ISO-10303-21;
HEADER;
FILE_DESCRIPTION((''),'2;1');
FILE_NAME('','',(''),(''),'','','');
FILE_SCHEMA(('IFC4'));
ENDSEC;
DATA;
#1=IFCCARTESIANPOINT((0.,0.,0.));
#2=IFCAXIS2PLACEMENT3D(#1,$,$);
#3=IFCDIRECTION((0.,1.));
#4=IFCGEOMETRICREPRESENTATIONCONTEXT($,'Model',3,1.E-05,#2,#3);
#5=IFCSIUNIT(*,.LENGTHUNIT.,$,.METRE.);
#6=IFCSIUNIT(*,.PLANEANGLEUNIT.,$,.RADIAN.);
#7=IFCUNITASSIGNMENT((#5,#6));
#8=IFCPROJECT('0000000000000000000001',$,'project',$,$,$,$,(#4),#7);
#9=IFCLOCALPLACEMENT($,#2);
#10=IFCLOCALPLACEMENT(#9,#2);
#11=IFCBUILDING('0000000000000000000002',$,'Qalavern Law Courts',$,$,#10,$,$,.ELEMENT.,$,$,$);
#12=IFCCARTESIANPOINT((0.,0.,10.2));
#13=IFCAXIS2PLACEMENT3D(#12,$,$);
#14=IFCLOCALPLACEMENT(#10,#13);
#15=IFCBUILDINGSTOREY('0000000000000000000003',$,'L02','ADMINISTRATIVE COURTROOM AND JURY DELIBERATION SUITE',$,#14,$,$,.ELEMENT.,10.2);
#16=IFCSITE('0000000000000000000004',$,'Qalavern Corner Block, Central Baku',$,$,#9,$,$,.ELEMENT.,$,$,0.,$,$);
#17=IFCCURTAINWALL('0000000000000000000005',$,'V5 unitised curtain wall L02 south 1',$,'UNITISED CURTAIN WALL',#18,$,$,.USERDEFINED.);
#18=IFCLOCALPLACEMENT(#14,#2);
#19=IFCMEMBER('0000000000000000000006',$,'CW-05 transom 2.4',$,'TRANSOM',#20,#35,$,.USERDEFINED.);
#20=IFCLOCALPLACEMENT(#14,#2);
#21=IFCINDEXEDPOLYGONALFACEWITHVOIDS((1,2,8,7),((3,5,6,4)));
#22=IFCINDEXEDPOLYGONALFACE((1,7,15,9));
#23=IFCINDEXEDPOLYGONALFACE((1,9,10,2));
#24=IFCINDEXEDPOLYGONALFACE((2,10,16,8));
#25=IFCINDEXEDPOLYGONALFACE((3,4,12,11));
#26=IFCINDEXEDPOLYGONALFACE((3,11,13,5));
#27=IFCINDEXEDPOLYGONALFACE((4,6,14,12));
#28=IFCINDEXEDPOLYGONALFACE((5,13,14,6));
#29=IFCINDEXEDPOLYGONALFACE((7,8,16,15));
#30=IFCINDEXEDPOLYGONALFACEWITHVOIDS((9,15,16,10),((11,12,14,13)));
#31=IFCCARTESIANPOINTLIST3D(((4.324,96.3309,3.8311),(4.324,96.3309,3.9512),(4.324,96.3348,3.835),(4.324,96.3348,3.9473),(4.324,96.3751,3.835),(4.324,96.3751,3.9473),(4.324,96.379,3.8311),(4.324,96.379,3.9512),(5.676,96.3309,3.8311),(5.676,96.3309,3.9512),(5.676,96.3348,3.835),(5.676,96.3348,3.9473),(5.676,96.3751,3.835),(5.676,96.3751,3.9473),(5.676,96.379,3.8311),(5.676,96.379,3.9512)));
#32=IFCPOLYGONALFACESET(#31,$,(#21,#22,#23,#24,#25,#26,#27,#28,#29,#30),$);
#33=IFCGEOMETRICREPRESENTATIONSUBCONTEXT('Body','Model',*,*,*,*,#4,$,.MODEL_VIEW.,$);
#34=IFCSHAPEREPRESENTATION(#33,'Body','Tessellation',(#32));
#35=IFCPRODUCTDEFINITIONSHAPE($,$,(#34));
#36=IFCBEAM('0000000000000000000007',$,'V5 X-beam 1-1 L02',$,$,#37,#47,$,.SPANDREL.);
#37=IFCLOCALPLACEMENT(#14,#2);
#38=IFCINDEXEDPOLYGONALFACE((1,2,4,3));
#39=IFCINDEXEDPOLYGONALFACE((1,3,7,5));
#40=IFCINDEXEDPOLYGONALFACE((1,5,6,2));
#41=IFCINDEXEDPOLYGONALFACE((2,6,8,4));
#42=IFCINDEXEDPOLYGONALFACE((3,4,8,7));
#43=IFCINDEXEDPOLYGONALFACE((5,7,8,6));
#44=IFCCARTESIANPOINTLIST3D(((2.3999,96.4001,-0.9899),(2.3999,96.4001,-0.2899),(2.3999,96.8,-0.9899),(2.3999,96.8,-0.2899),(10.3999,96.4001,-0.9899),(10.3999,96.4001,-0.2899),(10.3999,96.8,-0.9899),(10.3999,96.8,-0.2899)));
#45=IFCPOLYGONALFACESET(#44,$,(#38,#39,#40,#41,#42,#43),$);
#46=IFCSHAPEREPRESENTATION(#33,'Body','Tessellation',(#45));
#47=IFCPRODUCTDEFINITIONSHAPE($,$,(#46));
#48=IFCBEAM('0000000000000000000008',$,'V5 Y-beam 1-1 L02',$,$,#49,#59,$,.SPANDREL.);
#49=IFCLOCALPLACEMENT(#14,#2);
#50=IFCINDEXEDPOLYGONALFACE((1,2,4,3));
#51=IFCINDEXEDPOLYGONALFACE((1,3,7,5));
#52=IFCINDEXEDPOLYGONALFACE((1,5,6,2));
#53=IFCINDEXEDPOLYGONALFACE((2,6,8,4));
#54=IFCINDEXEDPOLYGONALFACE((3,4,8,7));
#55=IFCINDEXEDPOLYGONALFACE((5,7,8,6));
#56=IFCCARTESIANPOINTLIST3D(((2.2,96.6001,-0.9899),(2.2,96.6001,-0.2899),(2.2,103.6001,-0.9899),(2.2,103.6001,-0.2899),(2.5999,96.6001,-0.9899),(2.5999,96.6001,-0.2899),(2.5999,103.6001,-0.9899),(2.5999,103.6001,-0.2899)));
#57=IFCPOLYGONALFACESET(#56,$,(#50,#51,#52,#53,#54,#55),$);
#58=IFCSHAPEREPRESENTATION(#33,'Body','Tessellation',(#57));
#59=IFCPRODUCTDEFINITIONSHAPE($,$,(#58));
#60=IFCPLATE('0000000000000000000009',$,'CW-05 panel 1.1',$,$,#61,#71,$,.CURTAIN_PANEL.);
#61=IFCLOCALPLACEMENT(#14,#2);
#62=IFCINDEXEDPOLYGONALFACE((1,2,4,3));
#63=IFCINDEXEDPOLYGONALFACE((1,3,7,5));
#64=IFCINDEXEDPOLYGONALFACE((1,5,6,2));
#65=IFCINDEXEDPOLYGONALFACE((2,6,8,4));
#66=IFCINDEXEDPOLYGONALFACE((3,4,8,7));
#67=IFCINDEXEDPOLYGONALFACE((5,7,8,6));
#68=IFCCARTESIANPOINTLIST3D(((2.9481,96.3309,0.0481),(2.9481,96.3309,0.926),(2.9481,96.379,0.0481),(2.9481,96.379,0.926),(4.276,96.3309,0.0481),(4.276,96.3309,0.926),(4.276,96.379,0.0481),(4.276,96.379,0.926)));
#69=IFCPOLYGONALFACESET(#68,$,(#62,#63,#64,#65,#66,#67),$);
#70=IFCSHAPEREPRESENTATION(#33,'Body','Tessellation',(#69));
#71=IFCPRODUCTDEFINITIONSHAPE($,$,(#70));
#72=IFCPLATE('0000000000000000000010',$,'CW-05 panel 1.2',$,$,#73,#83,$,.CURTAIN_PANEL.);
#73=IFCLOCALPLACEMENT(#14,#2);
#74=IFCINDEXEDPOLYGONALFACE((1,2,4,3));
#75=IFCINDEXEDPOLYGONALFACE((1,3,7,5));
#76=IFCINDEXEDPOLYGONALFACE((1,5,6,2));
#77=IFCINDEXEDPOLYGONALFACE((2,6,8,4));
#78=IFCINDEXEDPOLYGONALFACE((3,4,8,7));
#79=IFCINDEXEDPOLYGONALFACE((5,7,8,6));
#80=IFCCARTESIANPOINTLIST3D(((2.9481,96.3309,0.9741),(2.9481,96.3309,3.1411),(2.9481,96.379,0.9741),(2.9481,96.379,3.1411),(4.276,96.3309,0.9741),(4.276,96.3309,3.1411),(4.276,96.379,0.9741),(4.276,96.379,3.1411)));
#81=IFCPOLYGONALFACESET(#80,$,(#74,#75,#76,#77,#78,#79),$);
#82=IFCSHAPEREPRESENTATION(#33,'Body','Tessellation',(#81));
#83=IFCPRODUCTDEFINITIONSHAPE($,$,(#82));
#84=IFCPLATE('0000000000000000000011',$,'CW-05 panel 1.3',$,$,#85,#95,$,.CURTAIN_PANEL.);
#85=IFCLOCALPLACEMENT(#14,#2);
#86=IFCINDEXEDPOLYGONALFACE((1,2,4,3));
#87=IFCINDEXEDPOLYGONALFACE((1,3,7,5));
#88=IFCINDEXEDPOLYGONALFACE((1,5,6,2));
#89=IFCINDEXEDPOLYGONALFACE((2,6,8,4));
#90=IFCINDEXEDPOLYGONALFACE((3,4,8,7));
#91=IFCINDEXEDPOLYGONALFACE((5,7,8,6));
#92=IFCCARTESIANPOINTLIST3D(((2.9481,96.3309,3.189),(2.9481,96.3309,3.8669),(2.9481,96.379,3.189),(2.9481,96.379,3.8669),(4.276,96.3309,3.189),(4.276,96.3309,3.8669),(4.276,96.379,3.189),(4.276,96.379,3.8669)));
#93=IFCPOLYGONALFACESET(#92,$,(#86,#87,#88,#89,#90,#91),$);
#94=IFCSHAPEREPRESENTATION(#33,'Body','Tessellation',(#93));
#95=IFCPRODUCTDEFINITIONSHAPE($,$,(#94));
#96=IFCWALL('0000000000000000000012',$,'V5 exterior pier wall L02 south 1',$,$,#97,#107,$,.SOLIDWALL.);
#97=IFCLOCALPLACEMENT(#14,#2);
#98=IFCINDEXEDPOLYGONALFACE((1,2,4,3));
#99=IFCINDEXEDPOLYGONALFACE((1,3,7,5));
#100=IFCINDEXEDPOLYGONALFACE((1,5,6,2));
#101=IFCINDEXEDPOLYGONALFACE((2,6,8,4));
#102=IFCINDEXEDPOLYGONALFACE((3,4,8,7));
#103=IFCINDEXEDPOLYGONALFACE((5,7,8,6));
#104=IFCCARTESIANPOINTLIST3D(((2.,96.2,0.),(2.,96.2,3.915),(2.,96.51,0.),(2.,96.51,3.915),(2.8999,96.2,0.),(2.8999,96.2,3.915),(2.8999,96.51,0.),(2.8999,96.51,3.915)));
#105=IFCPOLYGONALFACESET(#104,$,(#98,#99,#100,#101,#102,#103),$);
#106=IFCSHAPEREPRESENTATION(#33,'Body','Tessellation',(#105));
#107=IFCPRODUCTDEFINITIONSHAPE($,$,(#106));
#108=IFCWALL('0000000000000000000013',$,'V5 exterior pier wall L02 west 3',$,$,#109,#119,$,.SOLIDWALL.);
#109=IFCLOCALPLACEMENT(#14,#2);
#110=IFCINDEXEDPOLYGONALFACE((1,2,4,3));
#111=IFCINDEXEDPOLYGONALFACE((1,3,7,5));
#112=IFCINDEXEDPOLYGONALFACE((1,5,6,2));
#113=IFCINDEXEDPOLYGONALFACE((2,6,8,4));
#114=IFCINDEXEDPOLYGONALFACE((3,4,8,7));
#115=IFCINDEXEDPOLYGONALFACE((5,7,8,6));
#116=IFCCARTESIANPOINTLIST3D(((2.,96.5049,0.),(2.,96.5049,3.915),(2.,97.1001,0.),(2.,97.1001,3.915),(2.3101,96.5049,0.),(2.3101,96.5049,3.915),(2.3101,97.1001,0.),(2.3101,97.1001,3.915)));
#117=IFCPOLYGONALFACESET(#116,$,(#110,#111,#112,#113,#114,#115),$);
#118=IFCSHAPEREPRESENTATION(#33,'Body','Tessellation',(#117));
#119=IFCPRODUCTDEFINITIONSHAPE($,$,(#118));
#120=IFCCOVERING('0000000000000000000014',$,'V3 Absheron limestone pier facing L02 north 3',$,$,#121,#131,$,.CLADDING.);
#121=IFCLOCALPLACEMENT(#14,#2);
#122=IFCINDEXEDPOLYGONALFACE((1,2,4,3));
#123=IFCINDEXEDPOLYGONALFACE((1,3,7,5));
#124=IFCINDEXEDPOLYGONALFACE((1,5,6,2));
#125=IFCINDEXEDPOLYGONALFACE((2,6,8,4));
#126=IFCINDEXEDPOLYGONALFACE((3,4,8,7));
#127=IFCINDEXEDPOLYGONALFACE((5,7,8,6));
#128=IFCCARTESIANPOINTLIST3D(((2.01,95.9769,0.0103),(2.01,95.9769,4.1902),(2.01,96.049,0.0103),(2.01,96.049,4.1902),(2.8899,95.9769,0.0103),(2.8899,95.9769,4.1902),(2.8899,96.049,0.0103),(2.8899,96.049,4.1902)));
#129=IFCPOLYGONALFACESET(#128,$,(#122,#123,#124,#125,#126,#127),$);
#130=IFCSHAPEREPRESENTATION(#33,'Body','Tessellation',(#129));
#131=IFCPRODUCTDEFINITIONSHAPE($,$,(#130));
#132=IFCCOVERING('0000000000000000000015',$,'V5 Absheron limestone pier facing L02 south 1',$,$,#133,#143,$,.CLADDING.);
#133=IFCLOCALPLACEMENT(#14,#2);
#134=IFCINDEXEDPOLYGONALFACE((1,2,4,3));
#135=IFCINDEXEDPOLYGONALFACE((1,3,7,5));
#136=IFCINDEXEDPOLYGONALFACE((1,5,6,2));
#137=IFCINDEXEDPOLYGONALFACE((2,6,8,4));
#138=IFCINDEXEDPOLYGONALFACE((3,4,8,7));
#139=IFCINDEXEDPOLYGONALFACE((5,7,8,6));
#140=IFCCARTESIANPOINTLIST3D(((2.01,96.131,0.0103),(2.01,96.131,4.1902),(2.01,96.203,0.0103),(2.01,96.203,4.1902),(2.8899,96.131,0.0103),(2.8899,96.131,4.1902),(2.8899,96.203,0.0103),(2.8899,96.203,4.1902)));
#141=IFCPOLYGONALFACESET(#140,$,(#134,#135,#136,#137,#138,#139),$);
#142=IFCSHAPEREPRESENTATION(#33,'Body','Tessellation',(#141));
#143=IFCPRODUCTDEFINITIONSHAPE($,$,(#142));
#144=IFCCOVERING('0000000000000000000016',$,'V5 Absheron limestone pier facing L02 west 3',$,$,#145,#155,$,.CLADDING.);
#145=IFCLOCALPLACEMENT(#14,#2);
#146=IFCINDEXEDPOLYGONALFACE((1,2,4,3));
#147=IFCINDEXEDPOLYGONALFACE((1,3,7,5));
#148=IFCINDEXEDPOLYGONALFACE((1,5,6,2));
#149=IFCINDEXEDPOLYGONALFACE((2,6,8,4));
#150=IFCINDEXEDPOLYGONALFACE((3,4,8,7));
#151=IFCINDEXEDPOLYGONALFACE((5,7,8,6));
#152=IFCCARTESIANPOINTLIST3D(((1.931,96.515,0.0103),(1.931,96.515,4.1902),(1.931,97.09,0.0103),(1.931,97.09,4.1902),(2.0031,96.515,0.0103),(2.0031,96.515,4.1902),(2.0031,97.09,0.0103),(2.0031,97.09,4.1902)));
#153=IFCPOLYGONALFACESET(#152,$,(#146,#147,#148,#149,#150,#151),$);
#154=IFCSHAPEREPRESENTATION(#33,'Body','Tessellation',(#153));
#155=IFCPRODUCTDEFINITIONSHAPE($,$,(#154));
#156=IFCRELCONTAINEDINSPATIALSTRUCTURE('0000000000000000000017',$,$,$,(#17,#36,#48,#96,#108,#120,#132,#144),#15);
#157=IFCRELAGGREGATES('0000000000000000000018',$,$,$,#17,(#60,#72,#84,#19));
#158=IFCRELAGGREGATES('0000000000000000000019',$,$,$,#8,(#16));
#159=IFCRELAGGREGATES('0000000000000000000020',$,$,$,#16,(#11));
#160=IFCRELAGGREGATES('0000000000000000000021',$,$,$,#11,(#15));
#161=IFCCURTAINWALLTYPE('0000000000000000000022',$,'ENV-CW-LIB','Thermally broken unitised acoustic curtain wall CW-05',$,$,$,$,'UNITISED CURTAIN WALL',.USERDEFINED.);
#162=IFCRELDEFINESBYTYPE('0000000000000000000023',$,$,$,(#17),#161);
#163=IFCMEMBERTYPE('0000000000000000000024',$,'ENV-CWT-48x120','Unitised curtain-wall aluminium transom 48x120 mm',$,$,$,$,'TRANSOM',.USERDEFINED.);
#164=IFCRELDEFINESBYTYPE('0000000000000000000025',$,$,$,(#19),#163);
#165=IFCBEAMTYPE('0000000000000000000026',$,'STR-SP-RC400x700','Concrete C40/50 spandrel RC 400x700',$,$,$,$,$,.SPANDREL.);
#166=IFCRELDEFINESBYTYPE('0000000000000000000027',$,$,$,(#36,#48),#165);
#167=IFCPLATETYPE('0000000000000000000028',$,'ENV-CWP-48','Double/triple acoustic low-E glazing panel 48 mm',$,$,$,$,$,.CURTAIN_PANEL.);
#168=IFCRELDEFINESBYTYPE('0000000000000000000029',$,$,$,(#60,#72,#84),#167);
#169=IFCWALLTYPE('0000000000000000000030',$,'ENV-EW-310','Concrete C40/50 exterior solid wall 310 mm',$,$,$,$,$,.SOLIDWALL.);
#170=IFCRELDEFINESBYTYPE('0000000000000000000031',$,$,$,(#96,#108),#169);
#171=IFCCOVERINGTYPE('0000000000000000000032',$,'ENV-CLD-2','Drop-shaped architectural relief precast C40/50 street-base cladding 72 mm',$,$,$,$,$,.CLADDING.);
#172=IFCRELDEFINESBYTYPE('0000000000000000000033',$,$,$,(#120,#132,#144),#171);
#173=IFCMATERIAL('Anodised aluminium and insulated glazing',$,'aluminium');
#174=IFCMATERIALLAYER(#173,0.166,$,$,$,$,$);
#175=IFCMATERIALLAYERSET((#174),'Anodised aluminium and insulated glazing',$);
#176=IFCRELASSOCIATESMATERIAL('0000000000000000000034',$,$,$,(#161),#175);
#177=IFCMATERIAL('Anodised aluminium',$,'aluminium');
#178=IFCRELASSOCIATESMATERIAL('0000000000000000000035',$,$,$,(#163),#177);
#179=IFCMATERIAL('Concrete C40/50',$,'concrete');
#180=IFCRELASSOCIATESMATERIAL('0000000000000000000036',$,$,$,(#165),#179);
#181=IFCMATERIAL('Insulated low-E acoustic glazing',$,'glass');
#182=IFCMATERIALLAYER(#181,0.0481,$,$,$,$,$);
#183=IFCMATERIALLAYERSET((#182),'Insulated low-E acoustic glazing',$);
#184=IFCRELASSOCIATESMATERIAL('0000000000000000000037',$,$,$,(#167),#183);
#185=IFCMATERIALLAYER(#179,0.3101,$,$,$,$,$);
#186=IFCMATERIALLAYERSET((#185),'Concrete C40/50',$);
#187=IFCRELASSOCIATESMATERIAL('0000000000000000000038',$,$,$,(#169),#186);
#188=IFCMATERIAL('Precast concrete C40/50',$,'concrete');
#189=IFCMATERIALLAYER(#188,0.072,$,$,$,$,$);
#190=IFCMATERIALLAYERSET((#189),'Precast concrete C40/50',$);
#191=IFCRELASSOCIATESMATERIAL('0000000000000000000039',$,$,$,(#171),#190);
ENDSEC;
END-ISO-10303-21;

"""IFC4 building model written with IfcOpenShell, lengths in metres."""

from ifc_helpers import new_model, si_unit, direction, frame, frame_2d, origin, origin_2d, place, context, subcontext, project, spatial, rectangle, hollow_rectangle, extrude, material, layer, layer_set, material_profile, profile_set, type_object, element, aggregate, save


model = new_model("IFC4")

# Units and contexts
model_context = context("Model", 3, precision=1e-05, world=origin(), true_north=direction((0.0, 1.0)))
body_context = subcontext(model_context, "Body", "Model", "MODEL_VIEW")
ifc_project = project(units=[si_unit("LENGTHUNIT", "METRE"), si_unit("PLANEANGLEUNIT", "RADIAN")], contexts=[model_context])

# Site, building, storey
site_placement = place(None, origin())
site = spatial("IfcSite", under=ifc_project, at=site_placement, Name="Qalavern Corner Block, Central Baku", CompositionType="ELEMENT", RefElevation=0.0)
building_placement = place(site_placement, origin())
building = spatial("IfcBuilding", under=site, at=building_placement, Name="Qalavern Law Courts", CompositionType="ELEMENT")
storey_placement = place(building_placement, frame((0.0, 0.0, 10.2)))
storey = spatial("IfcBuildingStorey", under=building, at=storey_placement, Name="L02", Description="ADMINISTRATIVE COURTROOM AND JURY DELIBERATION SUITE", CompositionType="ELEMENT", Elevation=10.2)

# Curtain wall
ifc_material_1 = material(Name="Anodised aluminium and insulated glazing", Category="aluminium")
ifc_layer_1 = layer(ifc_material_1, 0.166)
ifc_layer_set_1 = layer_set([ifc_layer_1], Name="Anodised aluminium and insulated glazing")
curtain_wall_type = type_object("IfcCurtainWallType", Name="ENV-CW-LIB", Description="Thermally broken unitised acoustic curtain wall CW-05", ElementType="UNITISED CURTAIN WALL", PredefinedType="USERDEFINED", material=ifc_layer_set_1)
curtain_wall_1_placement = place(storey_placement, origin())
curtain_wall_1 = element("IfcCurtainWall", 1, at=curtain_wall_1_placement, inside=storey, type_object=curtain_wall_type, Name="V5 unitised curtain wall L02 south 1", ObjectType="UNITISED CURTAIN WALL", PredefinedType="USERDEFINED")
ifc_material_2 = material(Name="Anodised aluminium", Category="aluminium")

# Member
ifc_material_profile_1 = material_profile(ifc_material_2, hollow_rectangle(XDim=0.0481, YDim=0.1201, WallThickness=0.0039, at=origin_2d()), Name="ALU TRANSOM 48x120")
ifc_profile_set_1 = profile_set([ifc_material_profile_1], Name="Anodised aluminium")
member_type_1 = type_object("IfcMemberType", Name="ENV-CWT-48x120", Description="Unitised curtain-wall aluminium transom 48x120 mm", ElementType="TRANSOM", PredefinedType="USERDEFINED", material=ifc_profile_set_1)
member_1_placement = place(storey_placement, frame((4.324, 96.355, 3.8911), z_axis=(1.0, 0.0, 0.0), x_axis=(0.0, 1.0, 0.0)))
member_1 = element("IfcMember", 2, at=member_1_placement, type_object=member_type_1, Name="CW-05 transom 2.4", ObjectType="TRANSOM", PredefinedType="USERDEFINED", context=body_context, shape_type="SweptSolid", body=[
    extrude(hollow_rectangle(XDim=0.0481, YDim=0.1201, WallThickness=0.0039, at=origin_2d()), origin(), (0.0, 0.0, 1.0), 1.3521),
])

# Beams
ifc_material_3 = material(Name="Concrete C40/50", Category="concrete")
ifc_material_profile_2 = material_profile(ifc_material_3, rectangle(XDim=0.3999, YDim=0.7, at=origin_2d()), Name="RC 400x700")
ifc_profile_set_2 = profile_set([ifc_material_profile_2], Name="Concrete C40/50")
beam_type = type_object("IfcBeamType", Name="STR-SP-RC400x700", Description="Concrete C40/50 spandrel RC 400x700", PredefinedType="SPANDREL", material=ifc_profile_set_2)
beam_1_placement = place(storey_placement, frame((2.3999, 96.6001, -0.6399), z_axis=(1.0, 0.0, 0.0), x_axis=(0.0, 1.0, 0.0)))
element("IfcBeam", 3, at=beam_1_placement, inside=storey, type_object=beam_type, Name="V5 X-beam 1-1 L02", PredefinedType="SPANDREL", context=body_context, shape_type="SweptSolid", body=[
    extrude(rectangle(XDim=0.3999, YDim=0.7, at=origin_2d()), origin(), (0.0, 0.0, 1.0), 8.0),
])
beam_2_placement = place(storey_placement, frame((2.3999, 96.6001, -0.6399), z_axis=(0.0, 1.0, 0.0), x_axis=(-1.0, 0.0, 0.0)))
element("IfcBeam", 4, at=beam_2_placement, inside=storey, type_object=beam_type, Name="V5 Y-beam 1-1 L02", PredefinedType="SPANDREL", context=body_context, shape_type="SweptSolid", body=[
    extrude(rectangle(XDim=0.3999, YDim=0.7, at=origin_2d()), origin(), (0.0, 0.0, 1.0), 7.0),
])

# Plates
ifc_material_4 = material(Name="Insulated low-E acoustic glazing", Category="glass")
ifc_layer_2 = layer(ifc_material_4, 0.0481)
ifc_layer_set_2 = layer_set([ifc_layer_2], Name="Insulated low-E acoustic glazing")
plate_type = type_object("IfcPlateType", Name="ENV-CWP-48", Description="Double/triple acoustic low-E glazing panel 48 mm", PredefinedType="CURTAIN_PANEL", material=ifc_layer_set_2)
plate_1_placement = place(storey_placement, frame((3.6121, 96.355, 0.0481), z_axis=(0.0, 0.0, 1.0), x_axis=(1.0, 0.0, 0.0)))
plate_1 = element("IfcPlate", 5, at=plate_1_placement, type_object=plate_type, Name="CW-05 panel 1.1", PredefinedType="CURTAIN_PANEL", context=body_context, shape_type="SweptSolid", body=[
    extrude(rectangle(XDim=1.3279, YDim=0.0481, at=origin_2d()), origin(), (0.0, 0.0, 1.0), 0.8779),
])
plate_2_placement = place(storey_placement, frame((3.6121, 96.355, 0.9741), z_axis=(0.0, 0.0, 1.0), x_axis=(1.0, 0.0, 0.0)))
plate_2 = element("IfcPlate", 6, at=plate_2_placement, type_object=plate_type, Name="CW-05 panel 1.2", PredefinedType="CURTAIN_PANEL", context=body_context, shape_type="SweptSolid", body=[
    extrude(rectangle(XDim=1.3279, YDim=0.0481, at=origin_2d()), origin(), (0.0, 0.0, 1.0), 2.167),
])
plate_3_placement = place(storey_placement, frame((3.6121, 96.355, 3.189), z_axis=(0.0, 0.0, 1.0), x_axis=(1.0, 0.0, 0.0)))
plate_3 = element("IfcPlate", 7, at=plate_3_placement, type_object=plate_type, Name="CW-05 panel 1.3", PredefinedType="CURTAIN_PANEL", context=body_context, shape_type="SweptSolid", body=[
    extrude(rectangle(XDim=1.3279, YDim=0.0481, at=origin_2d()), origin(), (0.0, 0.0, 1.0), 0.678),
])
aggregate(curtain_wall_1, [plate_1, plate_2, plate_3, member_1])

# Walls
ifc_layer_3 = layer(ifc_material_3, 0.3101)
ifc_layer_set_3 = layer_set([ifc_layer_3], Name="Concrete C40/50")
wall_type = type_object("IfcWallType", Name="ENV-EW-310", Description="Concrete C40/50 exterior solid wall 310 mm", PredefinedType="SOLIDWALL", material=ifc_layer_set_3)
wall_1_placement = place(storey_placement, frame((2.0, 96.355, 0.0), z_axis=(0.0, 0.0, 1.0), x_axis=(1.0, 0.0, 0.0)))
element("IfcWall", 8, at=wall_1_placement, inside=storey, type_object=wall_type, Name="V5 exterior pier wall L02 south 1", PredefinedType="SOLIDWALL", context=body_context, shape_type="SweptSolid", body=[
    extrude(rectangle(XDim=0.8999, YDim=0.3101, at=frame_2d((0.45, 0.0))), origin(), (0.0, 0.0, 1.0), 3.915),
])
wall_2_placement = place(storey_placement, frame((2.155, 97.1001, 0.0), z_axis=(0.0, 0.0, 1.0), x_axis=(0.0, -1.0, 0.0)))
element("IfcWall", 9, at=wall_2_placement, inside=storey, type_object=wall_type, Name="V5 exterior pier wall L02 west 3", PredefinedType="SOLIDWALL", context=body_context, shape_type="SweptSolid", body=[
    extrude(rectangle(XDim=0.5952, YDim=0.3101, at=frame_2d((0.2976, 0.0))), origin(), (0.0, 0.0, 1.0), 3.915),
])

# Coverings
ifc_material_5 = material(Name="Precast concrete C40/50", Category="concrete")
ifc_layer_4 = layer(ifc_material_5, 0.072)
ifc_layer_set_4 = layer_set([ifc_layer_4], Name="Precast concrete C40/50")
covering_type = type_object("IfcCoveringType", Name="ENV-CLD-2", Description="Drop-shaped architectural relief precast C40/50 street-base cladding 72 mm", PredefinedType="CLADDING", material=ifc_layer_set_4)
for number, where, z_axis, x_axis, name in (
    (10, (2.45, 96.0129, 0.0103), (0.0, 0.0, 1.0), (-1.0, 0.0, 0.0), "V3 Absheron limestone pier facing L02 north 3"),
    (11, (2.45, 96.167, 0.0103), (0.0, 0.0, 1.0), (1.0, 0.0, 0.0), "V5 Absheron limestone pier facing L02 south 1"),
):
    element("IfcCovering", number, at=place(storey_placement, frame(where, z_axis=z_axis, x_axis=x_axis)), inside=storey, type_object=covering_type, Name=name, PredefinedType="CLADDING", context=body_context, shape_type="SweptSolid", body=[
        extrude(rectangle(XDim=0.8799, YDim=0.072, at=origin_2d()), origin(), (0.0, 0.0, 1.0), 4.1799),
    ])
covering_placement = place(storey_placement, frame((1.967, 96.8025, 0.0103), z_axis=(0.0, 0.0, 1.0), x_axis=(0.0, -1.0, 0.0)))
element("IfcCovering", 12, at=covering_placement, inside=storey, type_object=covering_type, Name="V5 Absheron limestone pier facing L02 west 3", PredefinedType="CLADDING", context=body_context, shape_type="SweptSolid", body=[
    extrude(rectangle(XDim=0.575, YDim=0.072, at=origin_2d()), origin(), (0.0, 0.0, 1.0), 4.1799),
])

save(model, "model.ifc")
